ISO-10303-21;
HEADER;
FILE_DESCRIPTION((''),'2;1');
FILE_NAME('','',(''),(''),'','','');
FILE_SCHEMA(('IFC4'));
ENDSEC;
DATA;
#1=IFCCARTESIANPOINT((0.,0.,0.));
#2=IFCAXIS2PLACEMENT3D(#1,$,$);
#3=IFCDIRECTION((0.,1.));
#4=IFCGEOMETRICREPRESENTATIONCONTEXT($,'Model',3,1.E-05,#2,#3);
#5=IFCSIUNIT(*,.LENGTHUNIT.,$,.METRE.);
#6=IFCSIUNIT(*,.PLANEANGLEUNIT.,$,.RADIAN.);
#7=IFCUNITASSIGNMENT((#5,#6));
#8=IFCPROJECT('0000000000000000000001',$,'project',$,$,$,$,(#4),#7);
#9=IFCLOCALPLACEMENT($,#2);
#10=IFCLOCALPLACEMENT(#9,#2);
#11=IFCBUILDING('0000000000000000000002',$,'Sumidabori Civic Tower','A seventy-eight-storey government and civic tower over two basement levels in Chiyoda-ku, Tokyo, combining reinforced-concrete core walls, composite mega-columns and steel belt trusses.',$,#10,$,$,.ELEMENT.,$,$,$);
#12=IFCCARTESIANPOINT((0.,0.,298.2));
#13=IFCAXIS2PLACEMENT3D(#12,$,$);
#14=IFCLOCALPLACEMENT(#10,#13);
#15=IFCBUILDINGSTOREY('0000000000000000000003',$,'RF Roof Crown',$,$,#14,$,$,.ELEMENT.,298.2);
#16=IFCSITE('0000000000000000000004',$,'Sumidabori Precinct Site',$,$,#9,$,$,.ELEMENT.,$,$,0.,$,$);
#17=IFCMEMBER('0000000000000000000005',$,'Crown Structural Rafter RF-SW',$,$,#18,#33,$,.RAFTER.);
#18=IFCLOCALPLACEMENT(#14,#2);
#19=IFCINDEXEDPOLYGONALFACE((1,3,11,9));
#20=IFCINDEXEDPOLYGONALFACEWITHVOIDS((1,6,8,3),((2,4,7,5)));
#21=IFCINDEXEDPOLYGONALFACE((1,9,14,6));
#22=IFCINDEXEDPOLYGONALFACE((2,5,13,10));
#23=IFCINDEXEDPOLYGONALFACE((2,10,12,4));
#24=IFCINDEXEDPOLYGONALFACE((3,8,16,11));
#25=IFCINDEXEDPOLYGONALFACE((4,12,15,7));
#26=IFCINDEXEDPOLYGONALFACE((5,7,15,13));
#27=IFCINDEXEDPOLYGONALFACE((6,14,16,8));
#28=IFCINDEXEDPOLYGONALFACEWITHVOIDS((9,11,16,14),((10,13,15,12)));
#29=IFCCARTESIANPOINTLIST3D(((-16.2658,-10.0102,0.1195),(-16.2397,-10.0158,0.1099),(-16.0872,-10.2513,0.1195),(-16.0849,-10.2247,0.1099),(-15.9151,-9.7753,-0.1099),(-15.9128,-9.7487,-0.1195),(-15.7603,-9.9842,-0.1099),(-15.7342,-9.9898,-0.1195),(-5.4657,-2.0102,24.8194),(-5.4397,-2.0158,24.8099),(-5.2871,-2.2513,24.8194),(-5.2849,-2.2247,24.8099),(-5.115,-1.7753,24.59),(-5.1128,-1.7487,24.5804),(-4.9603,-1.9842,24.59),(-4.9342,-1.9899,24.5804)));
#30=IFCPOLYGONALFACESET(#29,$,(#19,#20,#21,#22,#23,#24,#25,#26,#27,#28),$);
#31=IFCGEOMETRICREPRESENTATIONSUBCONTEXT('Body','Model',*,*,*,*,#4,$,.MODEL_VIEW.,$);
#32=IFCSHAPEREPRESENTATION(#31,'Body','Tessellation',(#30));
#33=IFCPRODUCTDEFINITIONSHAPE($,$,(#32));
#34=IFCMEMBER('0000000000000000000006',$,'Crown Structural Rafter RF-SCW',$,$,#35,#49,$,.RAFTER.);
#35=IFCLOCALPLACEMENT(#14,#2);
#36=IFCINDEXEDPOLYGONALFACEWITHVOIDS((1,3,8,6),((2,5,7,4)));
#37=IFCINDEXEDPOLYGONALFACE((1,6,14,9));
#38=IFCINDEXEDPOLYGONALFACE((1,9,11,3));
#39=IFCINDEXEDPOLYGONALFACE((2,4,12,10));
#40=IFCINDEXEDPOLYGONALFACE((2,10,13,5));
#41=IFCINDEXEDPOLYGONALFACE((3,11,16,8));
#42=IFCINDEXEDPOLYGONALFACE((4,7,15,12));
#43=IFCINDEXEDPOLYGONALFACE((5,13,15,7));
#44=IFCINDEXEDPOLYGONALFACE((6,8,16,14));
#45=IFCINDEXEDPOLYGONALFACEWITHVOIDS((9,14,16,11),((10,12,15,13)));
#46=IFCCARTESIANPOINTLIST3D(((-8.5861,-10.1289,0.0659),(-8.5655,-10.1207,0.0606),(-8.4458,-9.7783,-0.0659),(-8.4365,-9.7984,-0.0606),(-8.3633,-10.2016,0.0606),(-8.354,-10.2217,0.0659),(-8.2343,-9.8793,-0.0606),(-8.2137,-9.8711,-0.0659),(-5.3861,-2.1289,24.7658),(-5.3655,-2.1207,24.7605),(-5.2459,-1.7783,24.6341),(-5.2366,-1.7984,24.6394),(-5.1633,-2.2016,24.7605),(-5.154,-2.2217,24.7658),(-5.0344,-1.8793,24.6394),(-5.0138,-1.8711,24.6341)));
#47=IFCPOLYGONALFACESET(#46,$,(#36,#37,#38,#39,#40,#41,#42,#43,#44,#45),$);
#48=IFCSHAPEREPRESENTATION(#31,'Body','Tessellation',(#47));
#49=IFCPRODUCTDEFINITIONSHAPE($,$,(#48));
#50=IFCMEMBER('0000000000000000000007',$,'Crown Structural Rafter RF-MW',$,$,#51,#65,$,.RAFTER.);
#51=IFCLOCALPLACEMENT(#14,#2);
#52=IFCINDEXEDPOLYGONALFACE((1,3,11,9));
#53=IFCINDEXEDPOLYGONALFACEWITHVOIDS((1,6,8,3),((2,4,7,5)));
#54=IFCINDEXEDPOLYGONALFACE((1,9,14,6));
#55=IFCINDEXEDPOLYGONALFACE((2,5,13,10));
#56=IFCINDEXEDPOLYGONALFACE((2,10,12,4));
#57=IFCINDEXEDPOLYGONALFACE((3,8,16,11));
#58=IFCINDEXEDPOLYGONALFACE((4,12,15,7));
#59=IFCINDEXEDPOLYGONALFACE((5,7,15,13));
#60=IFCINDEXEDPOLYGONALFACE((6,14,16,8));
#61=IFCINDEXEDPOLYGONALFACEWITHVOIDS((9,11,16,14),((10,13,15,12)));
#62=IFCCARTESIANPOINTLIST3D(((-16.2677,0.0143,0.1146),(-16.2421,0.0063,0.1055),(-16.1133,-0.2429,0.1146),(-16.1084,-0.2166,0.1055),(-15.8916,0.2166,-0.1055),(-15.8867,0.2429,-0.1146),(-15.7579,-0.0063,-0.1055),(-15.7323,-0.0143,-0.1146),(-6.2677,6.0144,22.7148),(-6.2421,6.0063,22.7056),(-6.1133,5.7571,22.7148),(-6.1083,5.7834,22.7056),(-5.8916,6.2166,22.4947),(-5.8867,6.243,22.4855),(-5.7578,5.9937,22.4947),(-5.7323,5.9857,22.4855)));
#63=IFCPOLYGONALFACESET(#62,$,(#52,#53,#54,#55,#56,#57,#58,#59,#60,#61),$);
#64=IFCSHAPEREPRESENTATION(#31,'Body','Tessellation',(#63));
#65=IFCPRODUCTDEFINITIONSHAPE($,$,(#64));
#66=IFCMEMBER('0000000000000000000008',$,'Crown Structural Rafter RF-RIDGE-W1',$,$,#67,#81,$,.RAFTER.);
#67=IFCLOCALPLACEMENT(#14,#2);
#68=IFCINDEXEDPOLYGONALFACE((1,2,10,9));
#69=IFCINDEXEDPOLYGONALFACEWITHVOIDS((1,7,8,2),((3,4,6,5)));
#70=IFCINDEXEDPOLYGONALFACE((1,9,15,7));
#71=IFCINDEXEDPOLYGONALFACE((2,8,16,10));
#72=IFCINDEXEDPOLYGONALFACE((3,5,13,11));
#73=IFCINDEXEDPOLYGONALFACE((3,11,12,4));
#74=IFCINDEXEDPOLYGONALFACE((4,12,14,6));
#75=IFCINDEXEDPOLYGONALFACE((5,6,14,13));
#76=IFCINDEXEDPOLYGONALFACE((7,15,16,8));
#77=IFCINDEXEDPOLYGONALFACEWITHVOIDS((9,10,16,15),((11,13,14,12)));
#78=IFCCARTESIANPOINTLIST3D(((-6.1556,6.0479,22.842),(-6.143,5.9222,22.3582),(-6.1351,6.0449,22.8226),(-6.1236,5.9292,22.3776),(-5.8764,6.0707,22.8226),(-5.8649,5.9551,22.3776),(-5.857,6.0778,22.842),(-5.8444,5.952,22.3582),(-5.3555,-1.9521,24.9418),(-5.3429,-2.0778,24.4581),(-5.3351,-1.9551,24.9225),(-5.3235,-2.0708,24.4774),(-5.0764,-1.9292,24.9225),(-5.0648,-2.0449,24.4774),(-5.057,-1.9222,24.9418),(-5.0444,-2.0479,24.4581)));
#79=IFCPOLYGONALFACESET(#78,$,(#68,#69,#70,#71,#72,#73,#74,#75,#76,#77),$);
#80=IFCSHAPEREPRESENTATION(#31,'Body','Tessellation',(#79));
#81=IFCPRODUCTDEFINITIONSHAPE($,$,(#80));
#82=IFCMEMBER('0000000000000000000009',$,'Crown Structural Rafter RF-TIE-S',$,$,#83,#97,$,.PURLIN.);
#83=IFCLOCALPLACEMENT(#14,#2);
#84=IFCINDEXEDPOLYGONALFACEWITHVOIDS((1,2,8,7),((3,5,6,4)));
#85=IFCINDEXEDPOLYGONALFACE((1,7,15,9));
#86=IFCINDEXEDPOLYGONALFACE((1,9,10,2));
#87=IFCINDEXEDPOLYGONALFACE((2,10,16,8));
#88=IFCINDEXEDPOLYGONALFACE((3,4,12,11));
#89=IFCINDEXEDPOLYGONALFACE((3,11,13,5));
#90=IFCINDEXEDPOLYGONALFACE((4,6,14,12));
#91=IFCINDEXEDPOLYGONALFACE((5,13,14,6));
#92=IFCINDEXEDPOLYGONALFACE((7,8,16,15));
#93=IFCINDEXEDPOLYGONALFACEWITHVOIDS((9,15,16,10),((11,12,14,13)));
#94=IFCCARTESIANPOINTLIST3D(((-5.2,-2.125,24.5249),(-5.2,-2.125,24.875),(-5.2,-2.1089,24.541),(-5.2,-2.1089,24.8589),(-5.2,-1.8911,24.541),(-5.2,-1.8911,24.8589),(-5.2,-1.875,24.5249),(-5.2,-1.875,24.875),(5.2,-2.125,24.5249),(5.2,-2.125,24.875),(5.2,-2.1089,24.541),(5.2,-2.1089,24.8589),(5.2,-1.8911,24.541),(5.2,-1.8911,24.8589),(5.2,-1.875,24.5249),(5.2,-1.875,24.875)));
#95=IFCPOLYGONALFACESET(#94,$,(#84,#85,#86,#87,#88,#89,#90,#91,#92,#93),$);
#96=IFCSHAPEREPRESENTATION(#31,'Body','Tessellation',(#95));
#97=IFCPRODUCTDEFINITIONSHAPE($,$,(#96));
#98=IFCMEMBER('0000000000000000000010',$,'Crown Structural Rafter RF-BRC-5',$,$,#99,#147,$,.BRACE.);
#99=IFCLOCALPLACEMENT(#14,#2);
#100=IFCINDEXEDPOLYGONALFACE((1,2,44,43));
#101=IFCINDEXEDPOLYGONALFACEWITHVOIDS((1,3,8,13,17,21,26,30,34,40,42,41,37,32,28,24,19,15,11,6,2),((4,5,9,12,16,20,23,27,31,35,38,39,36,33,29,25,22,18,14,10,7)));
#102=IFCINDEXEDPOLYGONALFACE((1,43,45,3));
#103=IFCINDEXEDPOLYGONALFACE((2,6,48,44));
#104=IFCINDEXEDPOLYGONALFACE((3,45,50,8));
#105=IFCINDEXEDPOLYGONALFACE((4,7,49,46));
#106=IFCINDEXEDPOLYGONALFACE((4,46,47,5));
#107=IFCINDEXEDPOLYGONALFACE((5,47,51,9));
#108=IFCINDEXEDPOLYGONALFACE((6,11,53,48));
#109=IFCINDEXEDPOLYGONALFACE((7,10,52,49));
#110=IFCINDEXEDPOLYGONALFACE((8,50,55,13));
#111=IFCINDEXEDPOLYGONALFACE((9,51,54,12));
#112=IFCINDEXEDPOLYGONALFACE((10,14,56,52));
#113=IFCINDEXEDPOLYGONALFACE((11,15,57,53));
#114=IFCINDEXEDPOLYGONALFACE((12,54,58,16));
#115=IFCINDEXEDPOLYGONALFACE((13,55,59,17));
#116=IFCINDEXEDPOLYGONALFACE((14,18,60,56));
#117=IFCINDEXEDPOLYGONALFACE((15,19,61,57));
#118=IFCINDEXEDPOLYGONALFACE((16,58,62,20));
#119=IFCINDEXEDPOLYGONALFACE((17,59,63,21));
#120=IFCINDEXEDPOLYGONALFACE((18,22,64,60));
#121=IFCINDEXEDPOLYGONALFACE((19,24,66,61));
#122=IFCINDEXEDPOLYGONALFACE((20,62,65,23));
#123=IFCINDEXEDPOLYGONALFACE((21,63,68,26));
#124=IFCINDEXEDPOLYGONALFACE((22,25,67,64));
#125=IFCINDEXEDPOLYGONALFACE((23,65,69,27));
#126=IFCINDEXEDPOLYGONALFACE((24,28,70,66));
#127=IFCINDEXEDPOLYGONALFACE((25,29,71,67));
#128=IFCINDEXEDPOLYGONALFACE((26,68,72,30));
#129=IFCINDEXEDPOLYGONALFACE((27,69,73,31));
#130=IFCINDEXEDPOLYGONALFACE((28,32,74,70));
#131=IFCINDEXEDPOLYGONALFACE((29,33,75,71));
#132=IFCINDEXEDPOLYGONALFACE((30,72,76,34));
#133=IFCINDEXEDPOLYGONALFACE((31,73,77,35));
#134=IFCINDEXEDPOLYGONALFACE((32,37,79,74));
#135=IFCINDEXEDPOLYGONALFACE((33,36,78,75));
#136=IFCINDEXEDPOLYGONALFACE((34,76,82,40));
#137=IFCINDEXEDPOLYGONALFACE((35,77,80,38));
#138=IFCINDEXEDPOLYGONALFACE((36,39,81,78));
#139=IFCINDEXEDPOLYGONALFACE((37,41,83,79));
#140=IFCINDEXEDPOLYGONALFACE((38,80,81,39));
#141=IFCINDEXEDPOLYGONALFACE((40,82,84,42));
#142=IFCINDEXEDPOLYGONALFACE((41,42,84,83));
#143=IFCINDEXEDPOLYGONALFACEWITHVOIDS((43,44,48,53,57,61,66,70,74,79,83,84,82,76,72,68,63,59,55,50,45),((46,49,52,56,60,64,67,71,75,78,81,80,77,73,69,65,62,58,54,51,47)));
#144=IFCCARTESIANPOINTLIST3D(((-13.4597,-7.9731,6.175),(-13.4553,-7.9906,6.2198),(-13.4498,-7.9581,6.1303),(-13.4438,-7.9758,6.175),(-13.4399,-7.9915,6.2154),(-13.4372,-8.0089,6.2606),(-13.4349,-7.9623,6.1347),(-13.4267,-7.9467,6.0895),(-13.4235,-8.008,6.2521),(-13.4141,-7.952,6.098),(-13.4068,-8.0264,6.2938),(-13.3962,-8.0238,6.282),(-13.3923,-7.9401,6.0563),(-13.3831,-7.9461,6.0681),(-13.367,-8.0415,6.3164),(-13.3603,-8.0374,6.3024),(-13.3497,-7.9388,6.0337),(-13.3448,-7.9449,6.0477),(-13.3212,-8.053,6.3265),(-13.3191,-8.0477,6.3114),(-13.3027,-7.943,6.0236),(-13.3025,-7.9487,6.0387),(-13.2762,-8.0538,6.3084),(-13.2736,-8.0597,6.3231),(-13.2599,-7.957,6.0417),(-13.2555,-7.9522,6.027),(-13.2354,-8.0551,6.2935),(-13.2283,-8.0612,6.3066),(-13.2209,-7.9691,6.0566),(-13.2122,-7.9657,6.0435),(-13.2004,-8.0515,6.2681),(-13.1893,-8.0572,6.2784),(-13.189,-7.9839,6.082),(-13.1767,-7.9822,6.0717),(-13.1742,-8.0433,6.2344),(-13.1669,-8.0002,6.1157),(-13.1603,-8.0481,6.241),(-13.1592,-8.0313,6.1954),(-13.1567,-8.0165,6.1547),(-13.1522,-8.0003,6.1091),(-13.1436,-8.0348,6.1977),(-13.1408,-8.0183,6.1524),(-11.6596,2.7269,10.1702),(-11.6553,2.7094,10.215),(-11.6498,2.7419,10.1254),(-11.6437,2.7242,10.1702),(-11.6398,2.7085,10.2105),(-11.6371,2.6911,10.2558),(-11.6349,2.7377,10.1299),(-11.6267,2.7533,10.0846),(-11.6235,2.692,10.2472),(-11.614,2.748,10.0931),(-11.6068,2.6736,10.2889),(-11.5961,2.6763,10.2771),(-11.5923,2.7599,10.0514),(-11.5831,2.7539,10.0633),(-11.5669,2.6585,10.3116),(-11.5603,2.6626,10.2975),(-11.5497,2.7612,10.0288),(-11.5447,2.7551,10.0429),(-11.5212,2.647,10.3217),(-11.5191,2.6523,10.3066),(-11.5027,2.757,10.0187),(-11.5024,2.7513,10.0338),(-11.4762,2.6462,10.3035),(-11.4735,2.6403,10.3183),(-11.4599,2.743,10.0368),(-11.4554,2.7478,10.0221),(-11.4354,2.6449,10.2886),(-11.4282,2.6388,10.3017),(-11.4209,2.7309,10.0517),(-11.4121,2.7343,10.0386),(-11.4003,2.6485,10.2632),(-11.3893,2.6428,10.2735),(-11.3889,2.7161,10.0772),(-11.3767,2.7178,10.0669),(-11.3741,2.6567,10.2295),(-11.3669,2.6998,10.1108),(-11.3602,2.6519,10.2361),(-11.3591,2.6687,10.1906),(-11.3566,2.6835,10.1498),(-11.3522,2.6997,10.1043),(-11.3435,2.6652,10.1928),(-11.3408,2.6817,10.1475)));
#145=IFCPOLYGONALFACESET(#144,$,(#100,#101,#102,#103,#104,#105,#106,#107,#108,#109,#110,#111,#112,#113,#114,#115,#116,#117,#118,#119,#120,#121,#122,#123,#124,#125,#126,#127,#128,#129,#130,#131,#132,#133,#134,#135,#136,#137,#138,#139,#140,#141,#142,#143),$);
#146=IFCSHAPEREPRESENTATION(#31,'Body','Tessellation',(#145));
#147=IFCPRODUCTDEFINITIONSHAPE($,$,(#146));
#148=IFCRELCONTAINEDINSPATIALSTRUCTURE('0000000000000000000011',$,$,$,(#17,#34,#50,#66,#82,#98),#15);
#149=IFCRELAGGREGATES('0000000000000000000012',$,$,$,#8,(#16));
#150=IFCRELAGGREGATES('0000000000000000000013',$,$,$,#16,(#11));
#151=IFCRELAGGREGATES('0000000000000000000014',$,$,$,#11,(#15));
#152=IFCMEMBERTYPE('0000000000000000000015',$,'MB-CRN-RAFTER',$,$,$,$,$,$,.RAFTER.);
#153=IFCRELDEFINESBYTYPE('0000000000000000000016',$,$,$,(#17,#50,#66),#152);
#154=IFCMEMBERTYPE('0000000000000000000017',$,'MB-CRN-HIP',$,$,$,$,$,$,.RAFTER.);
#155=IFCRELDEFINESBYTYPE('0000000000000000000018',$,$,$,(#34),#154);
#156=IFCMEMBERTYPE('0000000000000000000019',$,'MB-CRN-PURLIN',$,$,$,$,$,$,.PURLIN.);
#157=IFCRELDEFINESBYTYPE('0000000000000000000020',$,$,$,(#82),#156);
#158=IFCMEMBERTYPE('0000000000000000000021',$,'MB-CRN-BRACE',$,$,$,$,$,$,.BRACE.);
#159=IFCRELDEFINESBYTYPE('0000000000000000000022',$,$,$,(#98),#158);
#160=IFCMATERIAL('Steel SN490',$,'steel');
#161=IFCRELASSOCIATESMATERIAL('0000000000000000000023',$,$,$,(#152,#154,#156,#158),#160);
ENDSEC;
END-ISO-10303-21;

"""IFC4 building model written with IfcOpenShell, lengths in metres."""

from ifc_helpers import new_model, si_unit, direction, frame, origin, origin_2d, place, context, subcontext, project, spatial, hollow_rectangle, hollow_circle, extrude, source, transform, mapped, material, material_profile, profile_set, type_object, element, save


model = new_model("IFC4")

# Units and contexts
model_context = context("Model", 3, precision=1e-05, world=origin(), true_north=direction((0.0, 1.0)))
body_context = subcontext(model_context, "Body", "Model", "MODEL_VIEW")
ifc_project = project(units=[si_unit("LENGTHUNIT", "METRE"), si_unit("PLANEANGLEUNIT", "RADIAN")], contexts=[model_context])

# Site, building, storey
site_placement = place(None, origin())
site = spatial("IfcSite", under=ifc_project, at=site_placement, Name="Sumidabori Precinct Site", CompositionType="ELEMENT", RefElevation=0.0)
building_placement = place(site_placement, origin())
building = spatial("IfcBuilding", under=site, at=building_placement, Name="Sumidabori Civic Tower", Description="A seventy-eight-storey government and civic tower over two basement levels in Chiyoda-ku, Tokyo, combining reinforced-concrete core walls, composite mega-columns and steel belt trusses.", CompositionType="ELEMENT")
storey_placement = place(building_placement, frame((0.0, 0.0, 298.2)))
storey = spatial("IfcBuildingStorey", under=building, at=storey_placement, Name="RF Roof Crown", CompositionType="ELEMENT", Elevation=298.2)

# Members
ifc_material_1 = material(Name="Steel SN490", Category="steel")
ifc_material_profile_1 = material_profile(ifc_material_1, hollow_rectangle(XDim=0.3, YDim=0.5, WallThickness=0.02, at=origin_2d()), Name="RHS 500x300x20")
ifc_profile_set_1 = profile_set([ifc_material_profile_1], Name="Steel SN490")
member_type_1 = type_object("IfcMemberType", Name="MB-CRN-RAFTER", PredefinedType="RAFTER", material=ifc_profile_set_1)
shared_shape_1 = source(origin(), body_context, "Body", "SweptSolid", [
    extrude(hollow_rectangle(XDim=0.3, YDim=0.5, WallThickness=0.02, at=origin_2d()), origin(), (0.0, 0.0, 1.0), 28.1199),
])
member_1_placement = place(storey_placement, frame((-16.0, -10.0, 0.0), z_axis=(0.384071, 0.284496, 0.87838), x_axis=(-0.595226, 0.803558, 0.0)))
element("IfcMember", 1, at=member_1_placement, inside=storey, type_object=member_type_1, Name="Crown Structural Rafter RF-SW", PredefinedType="RAFTER", context=body_context, shape_type="MappedRepresentation", body=[
    mapped(shared_shape_1, transform((0.0, 0.0, 0.0), x_axis=(1.0, 0.0, 0.0), y_axis=(0.0, 1.0, 0.0), z_axis=(0.0, 0.0, 1.0), scale=1.0)),
])
ifc_material_profile_2 = material_profile(ifc_material_1, hollow_rectangle(XDim=0.25, YDim=0.3999, WallThickness=0.0161, at=origin_2d()), Name="RHS 400x250x16")
ifc_profile_set_2 = profile_set([ifc_material_profile_2], Name="Steel SN490")
member_type_2 = type_object("IfcMemberType", Name="MB-CRN-HIP", PredefinedType="RAFTER", material=ifc_profile_set_2)
shared_shape_2 = source(origin(), body_context, "Body", "SweptSolid", [
    extrude(hollow_rectangle(XDim=0.25, YDim=0.3999, WallThickness=0.0161, at=origin_2d()), origin(), (0.0, 0.0, 1.0), 26.1597),
])
member_2_placement = place(storey_placement, frame((-8.3999, -10.0, 0.0), z_axis=(0.122324, 0.305814, 0.9442), x_axis=(-0.928479, 0.371386, 0.0)))
element("IfcMember", 2, at=member_2_placement, inside=storey, type_object=member_type_2, Name="Crown Structural Rafter RF-SCW", PredefinedType="RAFTER", context=body_context, shape_type="MappedRepresentation", body=[
    mapped(shared_shape_2, transform((0.0, 0.0, 0.0), x_axis=(1.0, 0.0, 0.0), y_axis=(0.0, 1.0, 0.0), z_axis=(0.0, 0.0, 1.0), scale=1.0)),
])
shared_shape_3 = source(origin(), body_context, "Body", "SweptSolid", [
    extrude(hollow_rectangle(XDim=0.3, YDim=0.5, WallThickness=0.02, at=origin_2d()), origin(), (0.0, 0.0, 1.0), 25.4316),
])
member_3_placement = place(storey_placement, frame((-16.0, 0.0, 0.0), z_axis=(0.393212, 0.235927, 0.888663), x_axis=(-0.514496, 0.857493, 0.0)))
element("IfcMember", 3, at=member_3_placement, inside=storey, type_object=member_type_1, Name="Crown Structural Rafter RF-MW", PredefinedType="RAFTER", context=body_context, shape_type="MappedRepresentation", body=[
    mapped(shared_shape_3, transform((0.0, 0.0, 0.0), x_axis=(1.0, 0.0, 0.0), y_axis=(0.0, 1.0, 0.0), z_axis=(0.0, 0.0, 1.0), scale=1.0)),
])
shared_shape_4 = source(origin(), body_context, "Body", "SweptSolid", [
    extrude(hollow_rectangle(XDim=0.3, YDim=0.5, WallThickness=0.02, at=origin_2d()), origin(), (0.0, 0.0, 1.0), 8.3096),
])
member_4_placement = place(storey_placement, frame((-5.2, -2.0, 24.7), z_axis=(-0.09628, 0.962742, -0.252702), x_axis=(-0.995037, -0.09951, 0.0)))
element("IfcMember", 4, at=member_4_placement, inside=storey, type_object=member_type_1, Name="Crown Structural Rafter RF-RIDGE-W1", PredefinedType="RAFTER", context=body_context, shape_type="MappedRepresentation", body=[
    mapped(shared_shape_4, transform((0.0, 0.0, 0.0), x_axis=(1.0, 0.0, 0.0), y_axis=(0.0, 1.0, 0.0), z_axis=(0.0, 0.0, 1.0), scale=1.0)),
])
ifc_material_profile_3 = material_profile(ifc_material_1, hollow_rectangle(XDim=0.25, YDim=0.3501, WallThickness=0.0161, at=origin_2d()), Name="RHS 350x250x16")
ifc_profile_set_3 = profile_set([ifc_material_profile_3], Name="Steel SN490")
member_type_3 = type_object("IfcMemberType", Name="MB-CRN-PURLIN", PredefinedType="PURLIN", material=ifc_profile_set_3)
shared_shape_5 = source(origin(), body_context, "Body", "SweptSolid", [
    extrude(hollow_rectangle(XDim=0.25, YDim=0.3501, WallThickness=0.0161, at=origin_2d()), origin(), (0.0, 0.0, 1.0), 10.3999),
])
member_5_placement = place(storey_placement, frame((-5.2, -2.0, 24.7), z_axis=(1.0, 0.0, 0.0), x_axis=(0.0, 1.0, 0.0)))
element("IfcMember", 5, at=member_5_placement, inside=storey, type_object=member_type_3, Name="Crown Structural Rafter RF-TIE-S", PredefinedType="PURLIN", context=body_context, shape_type="MappedRepresentation", body=[
    mapped(shared_shape_5, transform((0.0, 0.0, 0.0), x_axis=(1.0, 0.0, 0.0), y_axis=(0.0, 1.0, 0.0), z_axis=(0.0, 0.0, 1.0), scale=1.0)),
])
ifc_material_profile_4 = material_profile(ifc_material_1, hollow_circle(Radius=0.1619, WallThickness=0.0161, at=origin_2d()), Name="CHS 323.9x16")
ifc_profile_set_4 = profile_set([ifc_material_profile_4], Name="Steel SN490")
member_type_4 = type_object("IfcMemberType", Name="MB-CRN-BRACE", PredefinedType="BRACE", material=ifc_profile_set_4)
shared_shape_6 = source(origin(), body_context, "Body", "SweptSolid", [
    extrude(hollow_circle(Radius=0.1619, WallThickness=0.0161, at=origin_2d()), origin(), (0.0, 0.0, 1.0), 11.5625),
])
member_6_placement = place(storey_placement, frame((-13.3, -8.0, 6.175), z_axis=(0.155681, 0.925406, 0.345525), x_axis=(-0.986143, 0.165898, 0.0)))
element("IfcMember", 6, at=member_6_placement, inside=storey, type_object=member_type_4, Name="Crown Structural Rafter RF-BRC-5", PredefinedType="BRACE", context=body_context, shape_type="MappedRepresentation", body=[
    mapped(shared_shape_6, transform((0.0, 0.0, 0.0), x_axis=(1.0, 0.0, 0.0), y_axis=(0.0, 1.0, 0.0), z_axis=(0.0, 0.0, 1.0), scale=1.0)),
])

save(model, "model.ifc")
